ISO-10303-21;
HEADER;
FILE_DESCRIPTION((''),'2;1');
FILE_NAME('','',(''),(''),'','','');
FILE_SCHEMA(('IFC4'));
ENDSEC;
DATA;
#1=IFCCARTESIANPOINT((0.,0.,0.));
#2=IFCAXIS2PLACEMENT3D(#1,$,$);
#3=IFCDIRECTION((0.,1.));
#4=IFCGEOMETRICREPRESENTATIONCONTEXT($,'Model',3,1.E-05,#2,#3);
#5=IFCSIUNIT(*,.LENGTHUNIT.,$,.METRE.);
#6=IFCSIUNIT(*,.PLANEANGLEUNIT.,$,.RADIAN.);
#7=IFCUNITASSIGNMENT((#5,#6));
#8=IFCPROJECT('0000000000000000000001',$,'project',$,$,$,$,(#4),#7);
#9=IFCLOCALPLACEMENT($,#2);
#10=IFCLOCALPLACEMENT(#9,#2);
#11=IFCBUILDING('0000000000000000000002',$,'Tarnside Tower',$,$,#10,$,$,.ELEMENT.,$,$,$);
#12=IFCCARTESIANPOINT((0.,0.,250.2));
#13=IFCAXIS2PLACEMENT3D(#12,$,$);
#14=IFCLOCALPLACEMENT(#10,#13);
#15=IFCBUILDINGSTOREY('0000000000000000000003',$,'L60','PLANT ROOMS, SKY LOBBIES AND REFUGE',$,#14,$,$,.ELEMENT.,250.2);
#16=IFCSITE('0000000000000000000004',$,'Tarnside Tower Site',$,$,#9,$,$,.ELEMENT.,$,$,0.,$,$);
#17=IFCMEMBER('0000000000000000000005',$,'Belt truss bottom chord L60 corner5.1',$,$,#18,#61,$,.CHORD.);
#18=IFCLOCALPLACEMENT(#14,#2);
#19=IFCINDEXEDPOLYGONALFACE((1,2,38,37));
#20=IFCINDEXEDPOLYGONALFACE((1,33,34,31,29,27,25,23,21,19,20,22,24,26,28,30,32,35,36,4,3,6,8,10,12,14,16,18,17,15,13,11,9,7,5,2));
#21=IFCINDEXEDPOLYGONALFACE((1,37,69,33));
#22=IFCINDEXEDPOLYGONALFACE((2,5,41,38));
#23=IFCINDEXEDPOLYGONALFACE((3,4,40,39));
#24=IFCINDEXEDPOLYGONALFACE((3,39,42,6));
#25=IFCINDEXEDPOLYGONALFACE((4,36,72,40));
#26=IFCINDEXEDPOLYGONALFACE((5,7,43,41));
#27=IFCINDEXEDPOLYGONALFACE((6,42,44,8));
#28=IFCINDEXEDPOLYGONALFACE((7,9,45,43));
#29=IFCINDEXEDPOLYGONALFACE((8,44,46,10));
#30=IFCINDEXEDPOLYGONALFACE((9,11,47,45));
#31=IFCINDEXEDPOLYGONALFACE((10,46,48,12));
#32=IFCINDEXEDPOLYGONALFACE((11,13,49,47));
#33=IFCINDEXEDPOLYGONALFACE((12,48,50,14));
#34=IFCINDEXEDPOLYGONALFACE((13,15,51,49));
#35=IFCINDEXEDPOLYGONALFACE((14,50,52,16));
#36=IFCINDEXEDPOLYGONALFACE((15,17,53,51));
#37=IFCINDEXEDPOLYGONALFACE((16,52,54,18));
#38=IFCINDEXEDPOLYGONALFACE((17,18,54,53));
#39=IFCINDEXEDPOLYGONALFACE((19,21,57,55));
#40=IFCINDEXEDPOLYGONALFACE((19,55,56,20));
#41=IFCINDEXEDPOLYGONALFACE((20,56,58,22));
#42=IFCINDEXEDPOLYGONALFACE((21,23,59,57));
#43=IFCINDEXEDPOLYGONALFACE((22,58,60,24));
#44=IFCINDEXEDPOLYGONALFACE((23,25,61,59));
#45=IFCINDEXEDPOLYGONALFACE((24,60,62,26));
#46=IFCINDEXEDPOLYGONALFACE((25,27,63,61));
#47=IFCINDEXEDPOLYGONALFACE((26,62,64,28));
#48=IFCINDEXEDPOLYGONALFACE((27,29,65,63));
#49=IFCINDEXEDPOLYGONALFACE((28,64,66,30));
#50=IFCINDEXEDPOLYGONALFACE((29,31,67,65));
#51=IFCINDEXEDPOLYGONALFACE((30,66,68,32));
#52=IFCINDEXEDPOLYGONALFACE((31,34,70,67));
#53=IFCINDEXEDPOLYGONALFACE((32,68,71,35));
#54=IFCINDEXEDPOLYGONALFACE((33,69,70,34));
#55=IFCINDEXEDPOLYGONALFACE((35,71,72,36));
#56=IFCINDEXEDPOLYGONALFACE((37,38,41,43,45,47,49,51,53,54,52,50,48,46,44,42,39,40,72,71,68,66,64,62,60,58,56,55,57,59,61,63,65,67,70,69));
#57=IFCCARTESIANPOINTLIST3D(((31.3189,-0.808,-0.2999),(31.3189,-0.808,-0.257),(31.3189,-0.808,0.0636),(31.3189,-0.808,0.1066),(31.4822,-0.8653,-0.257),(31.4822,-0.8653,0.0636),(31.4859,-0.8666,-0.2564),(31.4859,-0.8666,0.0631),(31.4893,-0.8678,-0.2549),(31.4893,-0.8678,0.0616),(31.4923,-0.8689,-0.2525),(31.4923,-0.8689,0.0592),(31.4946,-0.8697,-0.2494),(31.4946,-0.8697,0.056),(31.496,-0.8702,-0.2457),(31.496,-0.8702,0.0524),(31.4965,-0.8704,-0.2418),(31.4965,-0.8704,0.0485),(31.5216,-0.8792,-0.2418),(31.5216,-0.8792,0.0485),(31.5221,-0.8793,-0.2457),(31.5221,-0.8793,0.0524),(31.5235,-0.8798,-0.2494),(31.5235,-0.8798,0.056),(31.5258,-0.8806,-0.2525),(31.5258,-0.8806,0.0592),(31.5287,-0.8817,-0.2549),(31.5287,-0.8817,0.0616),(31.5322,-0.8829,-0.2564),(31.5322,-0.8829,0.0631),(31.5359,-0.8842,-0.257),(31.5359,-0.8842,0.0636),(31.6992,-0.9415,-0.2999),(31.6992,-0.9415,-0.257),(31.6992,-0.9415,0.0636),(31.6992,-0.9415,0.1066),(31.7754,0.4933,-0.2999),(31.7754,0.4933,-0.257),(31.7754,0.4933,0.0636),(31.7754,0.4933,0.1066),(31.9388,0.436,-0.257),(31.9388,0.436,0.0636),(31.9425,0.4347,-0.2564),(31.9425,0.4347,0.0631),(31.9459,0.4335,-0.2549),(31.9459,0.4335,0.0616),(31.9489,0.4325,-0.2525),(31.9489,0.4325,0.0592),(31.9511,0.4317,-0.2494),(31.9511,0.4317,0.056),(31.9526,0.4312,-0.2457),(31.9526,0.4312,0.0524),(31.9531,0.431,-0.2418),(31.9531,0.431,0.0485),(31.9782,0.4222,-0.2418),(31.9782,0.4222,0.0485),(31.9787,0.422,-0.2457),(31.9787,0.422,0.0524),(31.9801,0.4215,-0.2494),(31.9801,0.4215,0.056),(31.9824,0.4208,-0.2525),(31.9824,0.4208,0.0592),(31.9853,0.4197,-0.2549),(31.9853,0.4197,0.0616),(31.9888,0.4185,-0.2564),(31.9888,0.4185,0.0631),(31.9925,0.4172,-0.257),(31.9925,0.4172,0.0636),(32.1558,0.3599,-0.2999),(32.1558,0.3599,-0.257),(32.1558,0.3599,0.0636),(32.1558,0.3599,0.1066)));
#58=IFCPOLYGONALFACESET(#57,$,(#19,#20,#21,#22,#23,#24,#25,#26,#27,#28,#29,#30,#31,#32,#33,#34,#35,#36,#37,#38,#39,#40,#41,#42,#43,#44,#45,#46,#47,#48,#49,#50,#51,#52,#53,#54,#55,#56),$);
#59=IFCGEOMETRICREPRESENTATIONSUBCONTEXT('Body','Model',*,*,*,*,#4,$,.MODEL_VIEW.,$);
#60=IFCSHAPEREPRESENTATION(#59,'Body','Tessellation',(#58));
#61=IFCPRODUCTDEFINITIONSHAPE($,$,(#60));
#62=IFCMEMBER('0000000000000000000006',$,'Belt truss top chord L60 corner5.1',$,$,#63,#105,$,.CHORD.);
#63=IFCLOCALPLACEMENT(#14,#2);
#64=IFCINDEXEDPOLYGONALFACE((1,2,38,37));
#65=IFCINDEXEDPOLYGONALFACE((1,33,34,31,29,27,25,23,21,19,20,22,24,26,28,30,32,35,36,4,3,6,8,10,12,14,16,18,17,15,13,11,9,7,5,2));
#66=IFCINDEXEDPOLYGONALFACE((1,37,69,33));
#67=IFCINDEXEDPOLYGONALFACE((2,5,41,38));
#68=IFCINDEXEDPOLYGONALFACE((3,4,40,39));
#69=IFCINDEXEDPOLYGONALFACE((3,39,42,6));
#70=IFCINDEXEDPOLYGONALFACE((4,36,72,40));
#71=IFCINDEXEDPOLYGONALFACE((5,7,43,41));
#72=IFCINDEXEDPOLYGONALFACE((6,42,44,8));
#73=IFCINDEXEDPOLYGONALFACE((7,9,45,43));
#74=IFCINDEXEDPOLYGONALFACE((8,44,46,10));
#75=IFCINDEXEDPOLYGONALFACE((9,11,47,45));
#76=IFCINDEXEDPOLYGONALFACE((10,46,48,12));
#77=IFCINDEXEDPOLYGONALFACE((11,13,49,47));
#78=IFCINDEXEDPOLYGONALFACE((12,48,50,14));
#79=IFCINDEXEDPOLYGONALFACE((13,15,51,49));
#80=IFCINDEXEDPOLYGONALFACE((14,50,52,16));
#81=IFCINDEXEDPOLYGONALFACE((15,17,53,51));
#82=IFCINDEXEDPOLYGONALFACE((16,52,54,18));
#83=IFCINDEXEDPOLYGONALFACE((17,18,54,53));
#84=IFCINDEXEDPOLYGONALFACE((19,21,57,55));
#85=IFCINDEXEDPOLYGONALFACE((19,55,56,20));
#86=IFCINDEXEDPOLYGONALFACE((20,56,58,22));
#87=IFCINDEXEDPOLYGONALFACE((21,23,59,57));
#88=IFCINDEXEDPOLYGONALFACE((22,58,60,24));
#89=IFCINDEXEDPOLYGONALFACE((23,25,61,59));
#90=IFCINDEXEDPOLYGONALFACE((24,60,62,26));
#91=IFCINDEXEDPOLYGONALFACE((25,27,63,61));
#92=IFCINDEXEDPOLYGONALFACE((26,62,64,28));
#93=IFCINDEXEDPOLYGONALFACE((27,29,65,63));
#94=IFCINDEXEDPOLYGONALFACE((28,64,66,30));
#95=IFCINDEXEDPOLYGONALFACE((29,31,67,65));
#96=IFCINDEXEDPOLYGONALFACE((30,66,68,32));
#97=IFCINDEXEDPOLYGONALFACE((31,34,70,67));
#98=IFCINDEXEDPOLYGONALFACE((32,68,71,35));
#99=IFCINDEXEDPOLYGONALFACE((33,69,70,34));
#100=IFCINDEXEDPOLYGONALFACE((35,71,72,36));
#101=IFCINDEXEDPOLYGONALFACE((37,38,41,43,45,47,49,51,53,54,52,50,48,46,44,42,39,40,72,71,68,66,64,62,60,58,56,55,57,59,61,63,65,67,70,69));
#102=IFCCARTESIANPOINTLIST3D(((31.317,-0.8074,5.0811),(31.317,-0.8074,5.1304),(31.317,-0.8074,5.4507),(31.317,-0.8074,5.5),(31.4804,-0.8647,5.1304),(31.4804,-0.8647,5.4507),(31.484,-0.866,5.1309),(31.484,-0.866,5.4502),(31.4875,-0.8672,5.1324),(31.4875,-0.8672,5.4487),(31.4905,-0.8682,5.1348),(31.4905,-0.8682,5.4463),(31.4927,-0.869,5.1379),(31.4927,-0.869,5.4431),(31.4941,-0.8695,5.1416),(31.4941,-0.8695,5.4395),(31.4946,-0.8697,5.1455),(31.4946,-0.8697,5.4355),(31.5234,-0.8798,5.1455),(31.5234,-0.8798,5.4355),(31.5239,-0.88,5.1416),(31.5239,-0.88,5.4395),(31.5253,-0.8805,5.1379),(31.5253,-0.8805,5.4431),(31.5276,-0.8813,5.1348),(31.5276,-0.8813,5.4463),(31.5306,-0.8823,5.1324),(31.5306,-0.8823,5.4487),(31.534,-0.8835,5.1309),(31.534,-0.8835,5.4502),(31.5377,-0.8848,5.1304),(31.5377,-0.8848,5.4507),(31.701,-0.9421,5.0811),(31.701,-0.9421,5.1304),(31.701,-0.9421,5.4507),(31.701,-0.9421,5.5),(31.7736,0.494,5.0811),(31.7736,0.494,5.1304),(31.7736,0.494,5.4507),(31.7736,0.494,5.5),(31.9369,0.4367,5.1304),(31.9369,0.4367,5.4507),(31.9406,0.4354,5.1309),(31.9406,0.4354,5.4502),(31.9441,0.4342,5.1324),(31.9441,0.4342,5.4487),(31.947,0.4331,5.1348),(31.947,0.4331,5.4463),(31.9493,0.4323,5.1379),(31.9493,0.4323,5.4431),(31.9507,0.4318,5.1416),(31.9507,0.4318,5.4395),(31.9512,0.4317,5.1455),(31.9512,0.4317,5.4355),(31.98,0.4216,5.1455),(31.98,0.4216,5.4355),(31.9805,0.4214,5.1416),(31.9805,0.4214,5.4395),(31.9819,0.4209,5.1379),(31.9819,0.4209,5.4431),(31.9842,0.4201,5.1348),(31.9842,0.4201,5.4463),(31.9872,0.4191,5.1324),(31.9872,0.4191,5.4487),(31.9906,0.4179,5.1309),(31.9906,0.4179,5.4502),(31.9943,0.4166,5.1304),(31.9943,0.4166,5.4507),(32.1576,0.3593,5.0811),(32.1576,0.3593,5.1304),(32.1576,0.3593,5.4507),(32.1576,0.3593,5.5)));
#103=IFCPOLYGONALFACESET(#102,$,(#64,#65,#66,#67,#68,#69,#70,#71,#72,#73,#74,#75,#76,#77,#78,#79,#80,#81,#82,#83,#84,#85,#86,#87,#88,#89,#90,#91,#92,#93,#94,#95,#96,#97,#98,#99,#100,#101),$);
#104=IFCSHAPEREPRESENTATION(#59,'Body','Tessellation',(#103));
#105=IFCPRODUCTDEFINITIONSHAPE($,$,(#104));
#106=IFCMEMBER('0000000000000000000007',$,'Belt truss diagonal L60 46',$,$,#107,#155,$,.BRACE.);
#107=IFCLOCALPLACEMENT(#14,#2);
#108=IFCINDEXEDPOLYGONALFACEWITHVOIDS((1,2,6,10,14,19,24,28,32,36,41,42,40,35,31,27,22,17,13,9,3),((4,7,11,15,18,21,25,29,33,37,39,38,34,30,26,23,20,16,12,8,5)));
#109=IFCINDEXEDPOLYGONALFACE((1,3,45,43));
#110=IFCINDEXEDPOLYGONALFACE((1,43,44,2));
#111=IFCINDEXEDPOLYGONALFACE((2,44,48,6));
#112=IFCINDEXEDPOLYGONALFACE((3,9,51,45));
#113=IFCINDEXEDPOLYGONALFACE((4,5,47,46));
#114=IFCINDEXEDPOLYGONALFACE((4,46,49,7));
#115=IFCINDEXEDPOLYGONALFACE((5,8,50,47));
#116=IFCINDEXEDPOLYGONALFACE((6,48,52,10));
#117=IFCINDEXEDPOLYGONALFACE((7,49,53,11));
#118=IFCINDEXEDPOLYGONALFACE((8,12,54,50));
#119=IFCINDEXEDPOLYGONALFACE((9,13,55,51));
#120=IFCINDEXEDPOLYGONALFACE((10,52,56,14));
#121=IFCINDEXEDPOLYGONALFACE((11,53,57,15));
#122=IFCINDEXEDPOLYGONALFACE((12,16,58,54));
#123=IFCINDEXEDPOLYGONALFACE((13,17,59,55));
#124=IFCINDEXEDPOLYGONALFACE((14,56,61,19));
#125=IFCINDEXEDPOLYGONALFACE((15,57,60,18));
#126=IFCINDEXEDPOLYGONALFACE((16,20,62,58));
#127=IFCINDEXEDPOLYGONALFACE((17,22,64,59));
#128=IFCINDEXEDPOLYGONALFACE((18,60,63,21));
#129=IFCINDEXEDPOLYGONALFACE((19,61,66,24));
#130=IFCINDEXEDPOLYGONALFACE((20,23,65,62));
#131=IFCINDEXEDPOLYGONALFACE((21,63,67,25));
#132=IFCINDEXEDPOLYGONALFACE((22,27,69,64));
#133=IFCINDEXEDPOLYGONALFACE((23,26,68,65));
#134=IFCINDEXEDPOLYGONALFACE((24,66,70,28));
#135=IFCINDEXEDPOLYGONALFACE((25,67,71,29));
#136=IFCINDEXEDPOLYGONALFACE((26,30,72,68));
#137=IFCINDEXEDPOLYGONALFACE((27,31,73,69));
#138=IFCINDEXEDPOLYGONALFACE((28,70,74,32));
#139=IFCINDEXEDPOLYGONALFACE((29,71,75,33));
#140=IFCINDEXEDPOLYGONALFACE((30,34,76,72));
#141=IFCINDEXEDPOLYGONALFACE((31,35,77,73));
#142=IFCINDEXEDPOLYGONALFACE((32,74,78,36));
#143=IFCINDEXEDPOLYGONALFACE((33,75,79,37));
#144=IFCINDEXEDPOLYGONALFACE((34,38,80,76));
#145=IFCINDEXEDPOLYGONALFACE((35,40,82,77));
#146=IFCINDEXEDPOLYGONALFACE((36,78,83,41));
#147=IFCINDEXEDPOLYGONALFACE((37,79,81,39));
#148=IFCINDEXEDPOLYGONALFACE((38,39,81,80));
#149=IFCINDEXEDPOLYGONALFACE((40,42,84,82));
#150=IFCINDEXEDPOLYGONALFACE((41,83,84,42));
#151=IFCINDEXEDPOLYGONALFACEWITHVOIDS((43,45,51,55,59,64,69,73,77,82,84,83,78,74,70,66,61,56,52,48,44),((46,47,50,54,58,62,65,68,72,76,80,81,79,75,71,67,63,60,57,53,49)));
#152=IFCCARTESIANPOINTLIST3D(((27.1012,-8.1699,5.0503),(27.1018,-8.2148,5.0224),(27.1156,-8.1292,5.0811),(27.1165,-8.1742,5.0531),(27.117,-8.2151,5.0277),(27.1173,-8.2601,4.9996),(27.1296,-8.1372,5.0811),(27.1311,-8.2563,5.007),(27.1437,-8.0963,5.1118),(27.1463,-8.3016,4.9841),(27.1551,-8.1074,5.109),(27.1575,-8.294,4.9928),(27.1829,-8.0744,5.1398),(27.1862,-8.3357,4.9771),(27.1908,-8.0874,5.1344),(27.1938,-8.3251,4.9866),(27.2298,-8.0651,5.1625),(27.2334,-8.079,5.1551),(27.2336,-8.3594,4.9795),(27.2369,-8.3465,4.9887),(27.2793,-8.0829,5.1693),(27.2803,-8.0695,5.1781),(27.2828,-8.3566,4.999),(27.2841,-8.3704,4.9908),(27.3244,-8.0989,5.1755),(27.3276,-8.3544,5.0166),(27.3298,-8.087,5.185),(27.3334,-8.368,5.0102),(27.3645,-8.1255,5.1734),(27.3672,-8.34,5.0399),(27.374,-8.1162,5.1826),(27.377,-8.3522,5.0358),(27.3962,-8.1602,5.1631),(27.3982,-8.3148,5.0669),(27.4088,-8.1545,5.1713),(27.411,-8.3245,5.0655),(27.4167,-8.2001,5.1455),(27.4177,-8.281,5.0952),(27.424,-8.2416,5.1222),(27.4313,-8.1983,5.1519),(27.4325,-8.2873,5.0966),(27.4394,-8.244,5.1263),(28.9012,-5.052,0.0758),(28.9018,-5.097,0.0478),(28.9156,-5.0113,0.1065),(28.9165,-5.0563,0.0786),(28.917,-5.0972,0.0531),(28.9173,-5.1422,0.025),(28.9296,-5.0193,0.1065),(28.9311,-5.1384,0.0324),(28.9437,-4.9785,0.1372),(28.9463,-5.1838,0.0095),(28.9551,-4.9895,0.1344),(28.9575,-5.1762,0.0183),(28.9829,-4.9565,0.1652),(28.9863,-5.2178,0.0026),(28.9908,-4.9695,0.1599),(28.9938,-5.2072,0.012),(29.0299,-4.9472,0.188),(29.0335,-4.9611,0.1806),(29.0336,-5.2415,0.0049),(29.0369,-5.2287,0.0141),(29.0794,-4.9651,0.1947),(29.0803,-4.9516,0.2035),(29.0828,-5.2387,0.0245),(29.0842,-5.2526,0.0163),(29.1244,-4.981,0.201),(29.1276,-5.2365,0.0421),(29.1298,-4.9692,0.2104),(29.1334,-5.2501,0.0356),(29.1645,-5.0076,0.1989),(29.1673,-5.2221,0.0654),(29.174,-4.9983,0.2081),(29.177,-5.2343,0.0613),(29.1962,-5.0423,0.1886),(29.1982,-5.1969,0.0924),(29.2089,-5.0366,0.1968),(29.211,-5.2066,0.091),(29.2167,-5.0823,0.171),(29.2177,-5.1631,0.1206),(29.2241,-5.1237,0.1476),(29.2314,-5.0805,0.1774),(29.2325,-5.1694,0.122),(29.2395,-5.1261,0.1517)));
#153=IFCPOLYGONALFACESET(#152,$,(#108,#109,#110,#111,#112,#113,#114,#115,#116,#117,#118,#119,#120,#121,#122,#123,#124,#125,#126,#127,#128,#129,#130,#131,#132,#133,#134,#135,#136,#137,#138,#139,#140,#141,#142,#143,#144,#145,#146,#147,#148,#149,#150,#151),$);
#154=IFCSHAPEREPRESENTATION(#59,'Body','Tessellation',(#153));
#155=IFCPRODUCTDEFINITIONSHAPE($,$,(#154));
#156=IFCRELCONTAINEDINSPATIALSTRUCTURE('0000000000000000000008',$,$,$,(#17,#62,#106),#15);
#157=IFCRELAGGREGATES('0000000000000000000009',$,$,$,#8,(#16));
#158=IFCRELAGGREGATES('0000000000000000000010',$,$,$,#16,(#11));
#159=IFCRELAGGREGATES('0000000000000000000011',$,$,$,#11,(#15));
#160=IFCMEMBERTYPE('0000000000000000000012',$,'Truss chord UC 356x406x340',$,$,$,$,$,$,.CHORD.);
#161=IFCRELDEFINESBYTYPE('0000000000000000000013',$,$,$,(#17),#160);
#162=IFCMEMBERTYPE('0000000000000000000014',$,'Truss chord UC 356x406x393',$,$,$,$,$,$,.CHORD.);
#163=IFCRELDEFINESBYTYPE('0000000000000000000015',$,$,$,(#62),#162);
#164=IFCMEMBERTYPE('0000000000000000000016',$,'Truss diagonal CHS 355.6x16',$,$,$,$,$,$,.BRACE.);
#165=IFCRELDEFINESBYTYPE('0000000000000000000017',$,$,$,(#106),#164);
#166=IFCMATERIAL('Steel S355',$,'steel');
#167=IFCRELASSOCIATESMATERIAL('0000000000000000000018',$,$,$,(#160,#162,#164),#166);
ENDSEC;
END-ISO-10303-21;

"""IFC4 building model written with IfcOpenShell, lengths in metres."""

from ifc_helpers import new_model, si_unit, direction, frame, origin, origin_2d, place, context, subcontext, project, spatial, hollow_circle, i_section, extrude, material, material_profile, profile_set, type_object, element, save


model = new_model("IFC4")

# Units and contexts
model_context = context("Model", 3, precision=1e-05, world=origin(), true_north=direction((0.0, 1.0)))
body_context = subcontext(model_context, "Body", "Model", "MODEL_VIEW")
ifc_project = project(units=[si_unit("LENGTHUNIT", "METRE"), si_unit("PLANEANGLEUNIT", "RADIAN")], contexts=[model_context])

# Site, building, storey
site_placement = place(None, origin())
site = spatial("IfcSite", under=ifc_project, at=site_placement, Name="Tarnside Tower Site", CompositionType="ELEMENT", RefElevation=0.0)
building_placement = place(site_placement, origin())
building = spatial("IfcBuilding", under=site, at=building_placement, Name="Tarnside Tower", CompositionType="ELEMENT")
storey_placement = place(building_placement, frame((0.0, 0.0, 250.2)))
storey = spatial("IfcBuildingStorey", under=building, at=storey_placement, Name="L60", Description="PLANT ROOMS, SKY LOBBIES AND REFUGE", CompositionType="ELEMENT", Elevation=250.2)

# Shared definitions
ifc_material_1 = material(Name="Steel S355", Category="steel")

# Members
ifc_material_profile_1 = material_profile(ifc_material_1, i_section(OverallWidth=0.4031, OverallDepth=0.4065, WebThickness=0.0266, FlangeThickness=0.043, FilletRadius=0.0151, at=origin_2d()), Name="UC 356x406x340")
ifc_profile_set_1 = profile_set([ifc_material_profile_1], Name="Steel S355")
member_type_1 = type_object("IfcMemberType", Name="Truss chord UC 356x406x340", PredefinedType="CHORD", material=ifc_profile_set_1)
member_1_placement = place(storey_placement, frame((31.509, -0.8748, -0.0967), z_axis=(0.33106, 0.94361, 0.0), x_axis=(-0.94361, 0.33106, 0.0)))
element("IfcMember", 1, at=member_1_placement, inside=storey, type_object=member_type_1, Name="Belt truss bottom chord L60 corner5.1", PredefinedType="CHORD", context=body_context, shape_type="SweptSolid", body=[
    extrude(i_section(OverallWidth=0.4031, OverallDepth=0.4065, WebThickness=0.0266, FlangeThickness=0.043, FilletRadius=0.0151, at=origin_2d()), origin(), (0.0, 0.0, 1.0), 1.3792),
])
ifc_material_profile_2 = material_profile(ifc_material_1, i_section(OverallWidth=0.407, OverallDepth=0.4189, WebThickness=0.0305, FlangeThickness=0.0493, FilletRadius=0.0151, at=origin_2d()), Name="UC 356x406x393")
ifc_profile_set_2 = profile_set([ifc_material_profile_2], Name="Steel S355")
member_type_2 = type_object("IfcMemberType", Name="Truss chord UC 356x406x393", PredefinedType="CHORD", material=ifc_profile_set_2)
member_2_placement = place(storey_placement, frame((31.509, -0.8748, 5.2905), z_axis=(0.33106, 0.94361, 0.0), x_axis=(-0.94361, 0.33106, 0.0)))
element("IfcMember", 2, at=member_2_placement, inside=storey, type_object=member_type_2, Name="Belt truss top chord L60 corner5.1", PredefinedType="CHORD", context=body_context, shape_type="SweptSolid", body=[
    extrude(i_section(OverallWidth=0.407, OverallDepth=0.4189, WebThickness=0.0305, FlangeThickness=0.0493, FilletRadius=0.0151, at=origin_2d()), origin(), (0.0, 0.0, 1.0), 1.3792),
])
ifc_material_profile_3 = material_profile(ifc_material_1, hollow_circle(Radius=0.1777, WallThickness=0.0161, at=origin_2d()), Name="CHS 355.6x16")
ifc_profile_set_3 = profile_set([ifc_material_profile_3], Name="Steel S355")
member_type_3 = type_object("IfcMemberType", Name="Truss diagonal CHS 355.6x16", PredefinedType="BRACE", material=ifc_profile_set_3)
member_3_placement = place(storey_placement, frame((27.2695, -8.218, 5.0811), z_axis=(0.293134, 0.507746, -0.810103), x_axis=(-0.866035, 0.499983, 0.0)))
element("IfcMember", 3, at=member_3_placement, inside=storey, type_object=member_type_3, Name="Belt truss diagonal L60 46", PredefinedType="BRACE", context=body_context, shape_type="SweptSolid", body=[
    extrude(hollow_circle(Radius=0.1777, WallThickness=0.0161, at=origin_2d()), origin(), (0.0, 0.0, 1.0), 6.1406),
])

save(model, "model.ifc")
